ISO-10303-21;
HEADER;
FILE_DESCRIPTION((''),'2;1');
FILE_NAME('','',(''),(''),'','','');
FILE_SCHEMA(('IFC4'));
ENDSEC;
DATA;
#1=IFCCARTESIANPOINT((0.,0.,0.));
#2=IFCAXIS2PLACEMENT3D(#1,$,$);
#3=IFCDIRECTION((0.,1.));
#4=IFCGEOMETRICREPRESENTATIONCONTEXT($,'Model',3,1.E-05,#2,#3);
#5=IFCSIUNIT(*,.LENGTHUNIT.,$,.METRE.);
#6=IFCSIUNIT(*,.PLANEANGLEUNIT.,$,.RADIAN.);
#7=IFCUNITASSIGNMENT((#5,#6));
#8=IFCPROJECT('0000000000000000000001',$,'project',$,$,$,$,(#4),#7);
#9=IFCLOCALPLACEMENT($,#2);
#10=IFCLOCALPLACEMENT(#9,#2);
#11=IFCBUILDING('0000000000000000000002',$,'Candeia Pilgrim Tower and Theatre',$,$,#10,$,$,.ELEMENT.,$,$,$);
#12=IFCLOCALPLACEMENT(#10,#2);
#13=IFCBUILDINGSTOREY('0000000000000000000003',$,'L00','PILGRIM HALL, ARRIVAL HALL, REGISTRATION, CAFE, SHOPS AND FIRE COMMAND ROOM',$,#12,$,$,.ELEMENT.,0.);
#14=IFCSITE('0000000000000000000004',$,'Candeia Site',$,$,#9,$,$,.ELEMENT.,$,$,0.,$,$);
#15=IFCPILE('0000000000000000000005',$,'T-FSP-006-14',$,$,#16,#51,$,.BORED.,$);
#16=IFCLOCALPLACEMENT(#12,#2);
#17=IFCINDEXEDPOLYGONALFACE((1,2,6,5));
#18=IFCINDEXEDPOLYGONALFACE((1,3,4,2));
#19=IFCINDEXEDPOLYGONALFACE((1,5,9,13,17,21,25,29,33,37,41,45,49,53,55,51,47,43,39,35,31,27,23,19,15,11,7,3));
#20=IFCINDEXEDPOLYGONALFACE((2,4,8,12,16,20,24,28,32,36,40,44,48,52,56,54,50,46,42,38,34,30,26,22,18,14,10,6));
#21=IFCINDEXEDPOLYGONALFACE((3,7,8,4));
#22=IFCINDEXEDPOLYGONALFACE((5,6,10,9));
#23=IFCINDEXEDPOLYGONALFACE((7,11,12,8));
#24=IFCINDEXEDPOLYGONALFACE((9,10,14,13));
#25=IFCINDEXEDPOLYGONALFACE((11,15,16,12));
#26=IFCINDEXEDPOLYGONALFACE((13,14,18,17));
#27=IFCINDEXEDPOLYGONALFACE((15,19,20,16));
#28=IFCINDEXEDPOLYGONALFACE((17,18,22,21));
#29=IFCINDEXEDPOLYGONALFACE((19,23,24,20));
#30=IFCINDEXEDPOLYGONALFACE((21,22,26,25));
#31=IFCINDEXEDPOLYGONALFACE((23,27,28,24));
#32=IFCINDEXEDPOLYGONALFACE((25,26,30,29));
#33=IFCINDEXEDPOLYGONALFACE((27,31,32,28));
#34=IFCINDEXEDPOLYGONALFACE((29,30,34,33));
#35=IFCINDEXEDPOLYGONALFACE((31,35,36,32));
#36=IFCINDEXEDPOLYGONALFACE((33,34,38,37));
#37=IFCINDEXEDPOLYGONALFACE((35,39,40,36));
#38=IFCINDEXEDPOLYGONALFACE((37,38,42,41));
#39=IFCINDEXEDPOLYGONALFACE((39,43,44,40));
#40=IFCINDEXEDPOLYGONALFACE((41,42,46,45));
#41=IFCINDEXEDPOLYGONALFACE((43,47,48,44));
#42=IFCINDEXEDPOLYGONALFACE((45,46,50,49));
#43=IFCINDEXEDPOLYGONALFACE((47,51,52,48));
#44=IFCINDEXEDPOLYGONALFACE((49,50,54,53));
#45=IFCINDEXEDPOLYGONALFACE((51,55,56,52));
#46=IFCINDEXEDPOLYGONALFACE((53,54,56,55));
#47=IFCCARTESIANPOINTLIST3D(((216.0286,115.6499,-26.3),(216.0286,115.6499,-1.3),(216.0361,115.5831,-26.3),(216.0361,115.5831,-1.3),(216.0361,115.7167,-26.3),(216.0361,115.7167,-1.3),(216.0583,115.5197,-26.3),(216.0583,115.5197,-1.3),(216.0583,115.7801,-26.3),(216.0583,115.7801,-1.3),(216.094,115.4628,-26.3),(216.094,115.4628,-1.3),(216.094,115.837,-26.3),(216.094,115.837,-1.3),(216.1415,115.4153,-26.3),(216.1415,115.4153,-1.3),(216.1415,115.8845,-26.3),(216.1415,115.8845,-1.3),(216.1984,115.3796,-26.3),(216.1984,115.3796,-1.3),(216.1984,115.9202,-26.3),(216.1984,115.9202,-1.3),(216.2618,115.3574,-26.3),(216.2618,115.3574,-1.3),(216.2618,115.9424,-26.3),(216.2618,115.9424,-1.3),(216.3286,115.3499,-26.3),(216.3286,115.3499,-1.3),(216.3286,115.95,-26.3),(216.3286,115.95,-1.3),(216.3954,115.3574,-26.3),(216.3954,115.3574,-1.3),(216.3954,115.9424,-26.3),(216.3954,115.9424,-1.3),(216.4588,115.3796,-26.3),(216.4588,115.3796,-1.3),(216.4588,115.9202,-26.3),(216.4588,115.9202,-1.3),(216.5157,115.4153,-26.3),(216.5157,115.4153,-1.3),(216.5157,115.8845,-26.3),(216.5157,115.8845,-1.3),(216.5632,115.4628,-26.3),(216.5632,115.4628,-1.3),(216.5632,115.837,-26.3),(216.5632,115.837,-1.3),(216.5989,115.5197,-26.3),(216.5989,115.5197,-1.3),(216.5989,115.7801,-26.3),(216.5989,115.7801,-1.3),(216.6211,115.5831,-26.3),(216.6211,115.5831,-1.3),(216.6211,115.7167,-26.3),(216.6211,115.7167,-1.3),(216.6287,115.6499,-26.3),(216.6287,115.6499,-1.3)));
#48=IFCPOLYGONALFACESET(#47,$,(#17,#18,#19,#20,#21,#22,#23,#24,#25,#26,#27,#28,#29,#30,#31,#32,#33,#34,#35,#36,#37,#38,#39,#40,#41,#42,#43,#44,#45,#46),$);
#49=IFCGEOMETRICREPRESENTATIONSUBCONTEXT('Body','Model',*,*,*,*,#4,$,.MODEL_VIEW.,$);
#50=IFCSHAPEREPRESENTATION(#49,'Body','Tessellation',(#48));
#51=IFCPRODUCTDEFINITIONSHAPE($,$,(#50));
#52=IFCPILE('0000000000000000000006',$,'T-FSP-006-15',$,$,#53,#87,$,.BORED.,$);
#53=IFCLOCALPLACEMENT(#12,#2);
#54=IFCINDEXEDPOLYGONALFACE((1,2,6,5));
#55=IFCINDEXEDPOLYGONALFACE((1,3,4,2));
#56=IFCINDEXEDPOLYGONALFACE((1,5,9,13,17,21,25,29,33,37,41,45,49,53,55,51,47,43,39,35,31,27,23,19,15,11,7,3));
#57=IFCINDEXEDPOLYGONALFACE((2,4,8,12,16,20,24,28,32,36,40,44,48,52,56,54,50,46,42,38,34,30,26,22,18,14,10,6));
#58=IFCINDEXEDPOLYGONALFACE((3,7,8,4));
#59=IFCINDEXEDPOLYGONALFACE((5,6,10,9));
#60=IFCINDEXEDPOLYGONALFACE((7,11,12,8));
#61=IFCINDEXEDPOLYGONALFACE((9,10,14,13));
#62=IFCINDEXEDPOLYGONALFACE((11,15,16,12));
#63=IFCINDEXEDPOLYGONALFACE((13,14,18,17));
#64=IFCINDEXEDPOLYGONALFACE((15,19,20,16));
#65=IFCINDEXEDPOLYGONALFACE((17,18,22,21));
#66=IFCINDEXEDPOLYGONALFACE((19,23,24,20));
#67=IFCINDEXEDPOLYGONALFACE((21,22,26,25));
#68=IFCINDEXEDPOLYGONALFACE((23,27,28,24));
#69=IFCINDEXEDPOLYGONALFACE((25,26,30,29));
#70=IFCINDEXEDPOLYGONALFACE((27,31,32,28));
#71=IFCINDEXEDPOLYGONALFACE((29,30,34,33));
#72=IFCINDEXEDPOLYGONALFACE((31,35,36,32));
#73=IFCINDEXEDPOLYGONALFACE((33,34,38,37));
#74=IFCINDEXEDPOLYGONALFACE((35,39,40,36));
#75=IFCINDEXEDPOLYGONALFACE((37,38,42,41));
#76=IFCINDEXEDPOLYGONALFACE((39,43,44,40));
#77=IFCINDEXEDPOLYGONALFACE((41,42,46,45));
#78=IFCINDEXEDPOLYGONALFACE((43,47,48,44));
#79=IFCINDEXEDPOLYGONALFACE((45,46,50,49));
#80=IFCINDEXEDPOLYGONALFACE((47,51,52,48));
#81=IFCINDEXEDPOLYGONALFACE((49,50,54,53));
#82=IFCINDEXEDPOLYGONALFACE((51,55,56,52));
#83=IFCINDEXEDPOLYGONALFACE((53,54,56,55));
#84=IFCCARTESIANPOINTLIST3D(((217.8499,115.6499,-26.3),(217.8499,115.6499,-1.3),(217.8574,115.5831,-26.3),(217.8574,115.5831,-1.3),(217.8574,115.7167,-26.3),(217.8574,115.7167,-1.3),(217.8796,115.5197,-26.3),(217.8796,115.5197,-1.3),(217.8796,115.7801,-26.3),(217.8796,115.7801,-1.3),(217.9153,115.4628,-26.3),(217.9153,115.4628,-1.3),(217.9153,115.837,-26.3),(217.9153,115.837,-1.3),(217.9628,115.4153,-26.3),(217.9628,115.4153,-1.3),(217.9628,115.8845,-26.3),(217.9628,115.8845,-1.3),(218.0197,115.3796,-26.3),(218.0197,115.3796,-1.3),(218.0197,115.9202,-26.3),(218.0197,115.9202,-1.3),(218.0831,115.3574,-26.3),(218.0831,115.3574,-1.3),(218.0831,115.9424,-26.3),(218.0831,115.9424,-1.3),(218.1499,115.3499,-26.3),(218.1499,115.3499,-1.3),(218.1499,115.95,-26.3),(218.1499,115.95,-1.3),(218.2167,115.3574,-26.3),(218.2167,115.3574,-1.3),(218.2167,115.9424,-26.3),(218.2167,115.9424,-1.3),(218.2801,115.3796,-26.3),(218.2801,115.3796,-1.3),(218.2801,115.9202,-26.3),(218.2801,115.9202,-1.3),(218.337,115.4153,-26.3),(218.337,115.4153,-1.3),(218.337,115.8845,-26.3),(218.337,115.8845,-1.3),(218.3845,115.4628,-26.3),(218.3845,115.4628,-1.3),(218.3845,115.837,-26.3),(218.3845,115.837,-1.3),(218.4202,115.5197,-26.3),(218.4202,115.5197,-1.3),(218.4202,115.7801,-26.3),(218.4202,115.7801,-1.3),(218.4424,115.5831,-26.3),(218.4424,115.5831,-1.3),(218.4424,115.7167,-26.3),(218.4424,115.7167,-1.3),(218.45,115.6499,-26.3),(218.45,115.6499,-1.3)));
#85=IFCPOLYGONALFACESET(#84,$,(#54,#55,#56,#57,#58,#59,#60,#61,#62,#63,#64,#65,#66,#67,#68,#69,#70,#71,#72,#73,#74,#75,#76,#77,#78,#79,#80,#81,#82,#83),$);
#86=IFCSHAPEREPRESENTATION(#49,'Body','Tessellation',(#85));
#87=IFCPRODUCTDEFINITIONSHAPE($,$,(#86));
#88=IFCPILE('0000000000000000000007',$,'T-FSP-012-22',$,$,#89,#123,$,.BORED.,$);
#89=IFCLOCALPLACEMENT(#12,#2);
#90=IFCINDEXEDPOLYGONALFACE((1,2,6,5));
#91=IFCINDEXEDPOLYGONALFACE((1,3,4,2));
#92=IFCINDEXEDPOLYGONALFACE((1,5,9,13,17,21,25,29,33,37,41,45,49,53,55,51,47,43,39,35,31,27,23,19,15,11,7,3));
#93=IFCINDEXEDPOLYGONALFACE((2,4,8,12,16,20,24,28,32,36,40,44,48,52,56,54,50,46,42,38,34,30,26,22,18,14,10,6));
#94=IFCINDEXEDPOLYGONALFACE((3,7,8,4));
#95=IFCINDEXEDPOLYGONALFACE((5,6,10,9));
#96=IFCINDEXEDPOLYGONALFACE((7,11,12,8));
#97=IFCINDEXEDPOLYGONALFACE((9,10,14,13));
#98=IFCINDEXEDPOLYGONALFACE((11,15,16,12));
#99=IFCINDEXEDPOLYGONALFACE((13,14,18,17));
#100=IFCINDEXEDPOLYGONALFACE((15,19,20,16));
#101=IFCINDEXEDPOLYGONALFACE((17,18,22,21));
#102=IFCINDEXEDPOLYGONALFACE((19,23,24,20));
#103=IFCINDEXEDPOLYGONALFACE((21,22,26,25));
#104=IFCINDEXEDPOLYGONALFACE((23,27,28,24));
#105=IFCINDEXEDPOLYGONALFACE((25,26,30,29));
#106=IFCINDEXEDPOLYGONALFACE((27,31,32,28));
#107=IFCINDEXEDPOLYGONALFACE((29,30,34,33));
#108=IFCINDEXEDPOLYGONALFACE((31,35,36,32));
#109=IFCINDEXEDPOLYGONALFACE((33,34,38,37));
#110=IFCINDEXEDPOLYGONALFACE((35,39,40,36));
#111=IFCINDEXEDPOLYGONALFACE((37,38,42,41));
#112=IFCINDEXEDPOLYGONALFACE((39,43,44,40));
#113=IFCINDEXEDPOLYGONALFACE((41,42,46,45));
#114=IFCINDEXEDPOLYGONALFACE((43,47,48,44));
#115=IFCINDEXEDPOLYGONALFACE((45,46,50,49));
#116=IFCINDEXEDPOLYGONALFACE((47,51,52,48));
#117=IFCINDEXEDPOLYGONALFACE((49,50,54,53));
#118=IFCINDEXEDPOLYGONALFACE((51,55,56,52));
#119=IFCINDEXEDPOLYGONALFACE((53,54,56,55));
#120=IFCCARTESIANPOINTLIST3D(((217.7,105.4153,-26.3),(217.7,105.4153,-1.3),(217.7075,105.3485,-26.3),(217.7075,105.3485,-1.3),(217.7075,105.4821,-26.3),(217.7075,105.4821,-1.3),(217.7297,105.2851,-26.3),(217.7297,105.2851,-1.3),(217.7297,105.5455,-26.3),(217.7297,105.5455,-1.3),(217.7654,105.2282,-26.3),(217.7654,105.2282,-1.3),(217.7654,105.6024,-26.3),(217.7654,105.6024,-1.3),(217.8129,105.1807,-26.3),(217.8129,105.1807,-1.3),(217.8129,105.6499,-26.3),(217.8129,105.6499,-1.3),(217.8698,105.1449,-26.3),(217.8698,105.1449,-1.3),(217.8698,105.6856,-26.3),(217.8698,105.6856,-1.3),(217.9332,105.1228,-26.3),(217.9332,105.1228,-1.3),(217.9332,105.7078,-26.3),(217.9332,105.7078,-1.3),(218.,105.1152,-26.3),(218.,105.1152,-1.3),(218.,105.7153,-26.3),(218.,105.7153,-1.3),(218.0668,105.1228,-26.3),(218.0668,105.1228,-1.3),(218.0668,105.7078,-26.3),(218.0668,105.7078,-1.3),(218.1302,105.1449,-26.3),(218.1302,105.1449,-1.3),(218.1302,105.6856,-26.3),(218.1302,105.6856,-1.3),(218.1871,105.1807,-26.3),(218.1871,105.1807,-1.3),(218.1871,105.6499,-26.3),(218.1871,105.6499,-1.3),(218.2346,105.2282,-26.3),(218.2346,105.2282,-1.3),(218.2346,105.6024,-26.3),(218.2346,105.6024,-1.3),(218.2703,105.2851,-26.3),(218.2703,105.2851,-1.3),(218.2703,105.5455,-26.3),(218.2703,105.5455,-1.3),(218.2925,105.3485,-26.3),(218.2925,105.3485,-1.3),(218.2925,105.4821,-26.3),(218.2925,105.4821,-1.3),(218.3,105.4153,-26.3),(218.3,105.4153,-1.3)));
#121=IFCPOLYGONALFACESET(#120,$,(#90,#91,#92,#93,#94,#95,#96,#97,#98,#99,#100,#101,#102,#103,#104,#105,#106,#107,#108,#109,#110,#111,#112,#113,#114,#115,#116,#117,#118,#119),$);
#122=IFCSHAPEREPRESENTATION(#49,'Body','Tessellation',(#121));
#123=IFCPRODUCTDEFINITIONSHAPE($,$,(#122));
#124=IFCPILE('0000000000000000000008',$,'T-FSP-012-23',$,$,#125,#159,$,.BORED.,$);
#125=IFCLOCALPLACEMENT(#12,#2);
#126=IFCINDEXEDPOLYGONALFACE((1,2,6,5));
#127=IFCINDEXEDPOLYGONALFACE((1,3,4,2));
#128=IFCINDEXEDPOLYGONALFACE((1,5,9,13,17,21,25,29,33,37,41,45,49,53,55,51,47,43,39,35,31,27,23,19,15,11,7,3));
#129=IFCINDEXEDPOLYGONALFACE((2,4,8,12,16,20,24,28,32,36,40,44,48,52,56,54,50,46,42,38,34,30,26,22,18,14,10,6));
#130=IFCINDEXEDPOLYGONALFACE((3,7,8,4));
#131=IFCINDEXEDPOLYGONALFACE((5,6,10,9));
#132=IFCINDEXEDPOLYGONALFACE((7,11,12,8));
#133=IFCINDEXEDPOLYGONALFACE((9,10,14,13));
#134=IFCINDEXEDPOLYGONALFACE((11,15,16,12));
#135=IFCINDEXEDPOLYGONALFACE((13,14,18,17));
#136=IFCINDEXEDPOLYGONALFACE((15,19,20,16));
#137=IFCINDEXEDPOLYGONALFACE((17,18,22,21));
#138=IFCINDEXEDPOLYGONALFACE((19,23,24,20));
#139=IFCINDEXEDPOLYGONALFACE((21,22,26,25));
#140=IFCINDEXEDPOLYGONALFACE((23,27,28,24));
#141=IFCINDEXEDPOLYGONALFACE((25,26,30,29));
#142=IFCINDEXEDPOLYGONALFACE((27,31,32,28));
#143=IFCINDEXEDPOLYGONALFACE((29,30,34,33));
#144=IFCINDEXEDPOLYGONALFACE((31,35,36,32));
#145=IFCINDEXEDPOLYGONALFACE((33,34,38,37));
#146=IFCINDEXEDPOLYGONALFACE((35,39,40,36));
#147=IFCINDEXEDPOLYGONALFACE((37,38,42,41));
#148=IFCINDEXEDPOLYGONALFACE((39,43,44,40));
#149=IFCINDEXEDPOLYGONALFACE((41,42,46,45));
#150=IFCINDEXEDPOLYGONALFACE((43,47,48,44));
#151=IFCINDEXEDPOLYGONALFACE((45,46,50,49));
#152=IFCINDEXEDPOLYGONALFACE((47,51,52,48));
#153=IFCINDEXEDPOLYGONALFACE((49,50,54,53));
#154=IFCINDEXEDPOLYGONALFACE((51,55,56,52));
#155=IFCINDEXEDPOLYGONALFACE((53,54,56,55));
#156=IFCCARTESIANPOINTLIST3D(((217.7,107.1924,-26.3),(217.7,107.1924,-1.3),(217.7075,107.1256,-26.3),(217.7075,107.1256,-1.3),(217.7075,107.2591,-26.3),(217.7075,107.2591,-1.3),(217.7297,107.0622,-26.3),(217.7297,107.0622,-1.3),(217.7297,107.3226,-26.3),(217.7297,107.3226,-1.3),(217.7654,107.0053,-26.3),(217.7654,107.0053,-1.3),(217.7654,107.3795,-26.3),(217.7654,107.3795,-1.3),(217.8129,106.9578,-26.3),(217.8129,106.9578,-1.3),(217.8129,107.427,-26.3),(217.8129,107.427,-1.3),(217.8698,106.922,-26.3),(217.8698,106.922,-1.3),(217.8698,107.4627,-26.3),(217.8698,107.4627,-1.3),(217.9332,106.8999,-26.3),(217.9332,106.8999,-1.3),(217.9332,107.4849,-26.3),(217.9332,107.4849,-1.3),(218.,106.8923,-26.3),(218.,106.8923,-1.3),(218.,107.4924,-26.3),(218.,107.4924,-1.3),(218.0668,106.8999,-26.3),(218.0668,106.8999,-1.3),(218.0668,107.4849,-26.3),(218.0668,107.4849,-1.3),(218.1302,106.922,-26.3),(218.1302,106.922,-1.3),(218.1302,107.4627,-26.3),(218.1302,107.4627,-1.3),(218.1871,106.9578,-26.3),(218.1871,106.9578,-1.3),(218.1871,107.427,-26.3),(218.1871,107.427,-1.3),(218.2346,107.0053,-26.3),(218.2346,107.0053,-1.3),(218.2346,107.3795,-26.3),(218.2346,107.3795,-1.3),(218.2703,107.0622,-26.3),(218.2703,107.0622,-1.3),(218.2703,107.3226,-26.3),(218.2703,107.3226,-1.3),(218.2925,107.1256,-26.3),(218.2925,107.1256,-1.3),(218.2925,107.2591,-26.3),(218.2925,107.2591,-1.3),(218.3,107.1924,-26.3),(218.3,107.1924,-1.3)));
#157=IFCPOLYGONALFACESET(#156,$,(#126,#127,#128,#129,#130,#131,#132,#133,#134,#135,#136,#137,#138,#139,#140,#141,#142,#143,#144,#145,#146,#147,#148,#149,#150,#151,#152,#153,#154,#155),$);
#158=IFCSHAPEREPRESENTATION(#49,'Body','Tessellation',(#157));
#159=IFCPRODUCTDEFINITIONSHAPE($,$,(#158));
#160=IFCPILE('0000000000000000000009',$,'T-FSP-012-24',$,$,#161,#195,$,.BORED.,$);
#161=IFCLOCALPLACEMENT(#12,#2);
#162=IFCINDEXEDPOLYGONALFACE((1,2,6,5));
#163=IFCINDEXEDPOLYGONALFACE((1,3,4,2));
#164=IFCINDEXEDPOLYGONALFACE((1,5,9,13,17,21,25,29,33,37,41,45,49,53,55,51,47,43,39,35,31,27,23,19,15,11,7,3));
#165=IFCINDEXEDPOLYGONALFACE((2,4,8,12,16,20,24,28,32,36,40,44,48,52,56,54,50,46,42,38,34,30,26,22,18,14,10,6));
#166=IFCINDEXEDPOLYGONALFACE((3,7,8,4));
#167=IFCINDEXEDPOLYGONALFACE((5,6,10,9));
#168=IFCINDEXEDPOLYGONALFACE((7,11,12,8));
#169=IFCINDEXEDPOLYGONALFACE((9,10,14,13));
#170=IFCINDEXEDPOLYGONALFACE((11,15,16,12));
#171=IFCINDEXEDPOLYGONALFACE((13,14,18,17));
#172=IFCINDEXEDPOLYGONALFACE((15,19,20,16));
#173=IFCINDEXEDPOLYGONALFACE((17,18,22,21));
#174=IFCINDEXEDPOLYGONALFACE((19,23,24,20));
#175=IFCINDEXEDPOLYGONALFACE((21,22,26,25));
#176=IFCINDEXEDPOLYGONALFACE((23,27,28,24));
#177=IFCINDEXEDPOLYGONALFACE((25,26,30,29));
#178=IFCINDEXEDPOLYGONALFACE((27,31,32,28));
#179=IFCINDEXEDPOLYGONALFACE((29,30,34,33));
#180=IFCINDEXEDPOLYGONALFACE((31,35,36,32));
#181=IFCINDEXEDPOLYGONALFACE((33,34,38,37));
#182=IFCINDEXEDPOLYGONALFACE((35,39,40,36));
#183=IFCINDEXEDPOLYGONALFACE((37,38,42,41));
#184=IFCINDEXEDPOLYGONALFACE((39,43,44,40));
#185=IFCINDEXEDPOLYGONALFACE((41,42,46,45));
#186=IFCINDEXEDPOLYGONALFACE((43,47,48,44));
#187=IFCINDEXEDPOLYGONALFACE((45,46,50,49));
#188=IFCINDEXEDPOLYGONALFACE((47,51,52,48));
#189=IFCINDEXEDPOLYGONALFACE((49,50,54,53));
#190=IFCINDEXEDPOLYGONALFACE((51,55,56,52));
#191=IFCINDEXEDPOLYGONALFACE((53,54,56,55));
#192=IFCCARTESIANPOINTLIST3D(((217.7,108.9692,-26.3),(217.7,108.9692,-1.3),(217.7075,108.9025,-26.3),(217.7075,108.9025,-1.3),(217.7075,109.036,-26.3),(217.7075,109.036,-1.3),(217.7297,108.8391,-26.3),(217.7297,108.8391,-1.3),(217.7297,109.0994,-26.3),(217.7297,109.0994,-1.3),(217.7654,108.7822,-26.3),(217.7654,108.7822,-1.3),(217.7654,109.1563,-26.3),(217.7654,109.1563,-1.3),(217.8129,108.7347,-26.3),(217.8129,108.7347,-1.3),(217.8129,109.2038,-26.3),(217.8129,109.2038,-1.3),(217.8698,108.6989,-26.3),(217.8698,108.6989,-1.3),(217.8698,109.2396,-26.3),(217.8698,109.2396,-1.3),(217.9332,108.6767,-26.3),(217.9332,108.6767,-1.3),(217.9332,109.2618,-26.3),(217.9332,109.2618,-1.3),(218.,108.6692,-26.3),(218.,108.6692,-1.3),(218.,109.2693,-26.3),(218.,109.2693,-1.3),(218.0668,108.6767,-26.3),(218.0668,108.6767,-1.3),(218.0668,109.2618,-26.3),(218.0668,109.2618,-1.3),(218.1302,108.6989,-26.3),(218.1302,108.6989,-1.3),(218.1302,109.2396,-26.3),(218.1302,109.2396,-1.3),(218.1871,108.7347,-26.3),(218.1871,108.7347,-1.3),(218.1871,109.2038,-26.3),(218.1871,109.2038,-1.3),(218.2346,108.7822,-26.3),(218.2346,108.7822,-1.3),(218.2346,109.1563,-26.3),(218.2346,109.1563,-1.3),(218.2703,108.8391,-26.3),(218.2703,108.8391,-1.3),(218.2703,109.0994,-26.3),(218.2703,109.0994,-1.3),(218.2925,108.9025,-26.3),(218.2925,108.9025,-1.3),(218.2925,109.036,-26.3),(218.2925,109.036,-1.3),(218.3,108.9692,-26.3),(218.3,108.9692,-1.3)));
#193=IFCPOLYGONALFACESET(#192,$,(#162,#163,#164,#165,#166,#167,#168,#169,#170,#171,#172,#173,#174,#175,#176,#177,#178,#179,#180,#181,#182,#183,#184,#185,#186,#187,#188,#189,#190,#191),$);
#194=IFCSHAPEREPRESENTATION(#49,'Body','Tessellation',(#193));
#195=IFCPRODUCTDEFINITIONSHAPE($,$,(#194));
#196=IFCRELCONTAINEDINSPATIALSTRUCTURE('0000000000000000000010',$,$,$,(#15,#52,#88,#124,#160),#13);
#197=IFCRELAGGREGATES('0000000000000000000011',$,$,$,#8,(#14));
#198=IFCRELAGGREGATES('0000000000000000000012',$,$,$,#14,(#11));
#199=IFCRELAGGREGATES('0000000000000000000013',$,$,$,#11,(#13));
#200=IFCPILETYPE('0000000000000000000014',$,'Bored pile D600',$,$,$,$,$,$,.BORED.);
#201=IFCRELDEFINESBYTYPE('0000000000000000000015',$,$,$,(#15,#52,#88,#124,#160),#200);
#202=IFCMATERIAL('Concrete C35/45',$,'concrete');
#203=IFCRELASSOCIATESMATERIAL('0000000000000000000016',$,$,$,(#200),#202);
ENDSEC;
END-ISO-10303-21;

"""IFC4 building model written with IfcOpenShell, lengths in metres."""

from ifc_helpers import new_model, si_unit, direction, frame, origin, origin_2d, place, context, subcontext, project, spatial, circle, extrude, material, type_object, element, save


model = new_model("IFC4")

# Units and contexts
model_context = context("Model", 3, precision=1e-05, world=origin(), true_north=direction((0.0, 1.0)))
body_context = subcontext(model_context, "Body", "Model", "MODEL_VIEW")
ifc_project = project(units=[si_unit("LENGTHUNIT", "METRE"), si_unit("PLANEANGLEUNIT", "RADIAN")], contexts=[model_context])

# Site, building, storey
site_placement = place(None, origin())
site = spatial("IfcSite", under=ifc_project, at=site_placement, Name="Candeia Site", CompositionType="ELEMENT", RefElevation=0.0)
building_placement = place(site_placement, origin())
building = spatial("IfcBuilding", under=site, at=building_placement, Name="Candeia Pilgrim Tower and Theatre", CompositionType="ELEMENT")
storey_placement = place(building_placement, origin())
storey = spatial("IfcBuildingStorey", under=building, at=storey_placement, Name="L00", Description="PILGRIM HALL, ARRIVAL HALL, REGISTRATION, CAFE, SHOPS AND FIRE COMMAND ROOM", CompositionType="ELEMENT", Elevation=0.0)

# Piles
ifc_material_1 = material(Name="Concrete C35/45", Category="concrete")
pile_type = type_object("IfcPileType", Name="Bored pile D600", PredefinedType="BORED", material=ifc_material_1)
for number, where, z_axis, x_axis, name in (
    (1, (216.3286, 115.6499, -1.3), (0.0, 0.0, -1.0), (1.0, 0.0, 0.0), "T-FSP-006-14"),
    (2, (218.1499, 115.6499, -1.3), (0.0, 0.0, -1.0), (1.0, 0.0, 0.0), "T-FSP-006-15"),
    (3, (218.0, 105.4153, -1.3), (0.0, 0.0, -1.0), (1.0, 0.0, 0.0), "T-FSP-012-22"),
    (4, (218.0, 107.1924, -1.3), (0.0, 0.0, -1.0), (1.0, 0.0, 0.0), "T-FSP-012-23"),
    (5, (218.0, 108.9692, -1.3), (0.0, 0.0, -1.0), (1.0, 0.0, 0.0), "T-FSP-012-24"),
):
    element("IfcPile", number, at=place(storey_placement, frame(where, z_axis=z_axis, x_axis=x_axis)), inside=storey, type_object=pile_type, Name=name, PredefinedType="BORED", context=body_context, shape_type="SweptSolid", body=[
        extrude(circle(Radius=0.3, at=origin_2d()), origin(), (0.0, 0.0, 1.0), 25.0),
    ])

save(model, "model.ifc")
